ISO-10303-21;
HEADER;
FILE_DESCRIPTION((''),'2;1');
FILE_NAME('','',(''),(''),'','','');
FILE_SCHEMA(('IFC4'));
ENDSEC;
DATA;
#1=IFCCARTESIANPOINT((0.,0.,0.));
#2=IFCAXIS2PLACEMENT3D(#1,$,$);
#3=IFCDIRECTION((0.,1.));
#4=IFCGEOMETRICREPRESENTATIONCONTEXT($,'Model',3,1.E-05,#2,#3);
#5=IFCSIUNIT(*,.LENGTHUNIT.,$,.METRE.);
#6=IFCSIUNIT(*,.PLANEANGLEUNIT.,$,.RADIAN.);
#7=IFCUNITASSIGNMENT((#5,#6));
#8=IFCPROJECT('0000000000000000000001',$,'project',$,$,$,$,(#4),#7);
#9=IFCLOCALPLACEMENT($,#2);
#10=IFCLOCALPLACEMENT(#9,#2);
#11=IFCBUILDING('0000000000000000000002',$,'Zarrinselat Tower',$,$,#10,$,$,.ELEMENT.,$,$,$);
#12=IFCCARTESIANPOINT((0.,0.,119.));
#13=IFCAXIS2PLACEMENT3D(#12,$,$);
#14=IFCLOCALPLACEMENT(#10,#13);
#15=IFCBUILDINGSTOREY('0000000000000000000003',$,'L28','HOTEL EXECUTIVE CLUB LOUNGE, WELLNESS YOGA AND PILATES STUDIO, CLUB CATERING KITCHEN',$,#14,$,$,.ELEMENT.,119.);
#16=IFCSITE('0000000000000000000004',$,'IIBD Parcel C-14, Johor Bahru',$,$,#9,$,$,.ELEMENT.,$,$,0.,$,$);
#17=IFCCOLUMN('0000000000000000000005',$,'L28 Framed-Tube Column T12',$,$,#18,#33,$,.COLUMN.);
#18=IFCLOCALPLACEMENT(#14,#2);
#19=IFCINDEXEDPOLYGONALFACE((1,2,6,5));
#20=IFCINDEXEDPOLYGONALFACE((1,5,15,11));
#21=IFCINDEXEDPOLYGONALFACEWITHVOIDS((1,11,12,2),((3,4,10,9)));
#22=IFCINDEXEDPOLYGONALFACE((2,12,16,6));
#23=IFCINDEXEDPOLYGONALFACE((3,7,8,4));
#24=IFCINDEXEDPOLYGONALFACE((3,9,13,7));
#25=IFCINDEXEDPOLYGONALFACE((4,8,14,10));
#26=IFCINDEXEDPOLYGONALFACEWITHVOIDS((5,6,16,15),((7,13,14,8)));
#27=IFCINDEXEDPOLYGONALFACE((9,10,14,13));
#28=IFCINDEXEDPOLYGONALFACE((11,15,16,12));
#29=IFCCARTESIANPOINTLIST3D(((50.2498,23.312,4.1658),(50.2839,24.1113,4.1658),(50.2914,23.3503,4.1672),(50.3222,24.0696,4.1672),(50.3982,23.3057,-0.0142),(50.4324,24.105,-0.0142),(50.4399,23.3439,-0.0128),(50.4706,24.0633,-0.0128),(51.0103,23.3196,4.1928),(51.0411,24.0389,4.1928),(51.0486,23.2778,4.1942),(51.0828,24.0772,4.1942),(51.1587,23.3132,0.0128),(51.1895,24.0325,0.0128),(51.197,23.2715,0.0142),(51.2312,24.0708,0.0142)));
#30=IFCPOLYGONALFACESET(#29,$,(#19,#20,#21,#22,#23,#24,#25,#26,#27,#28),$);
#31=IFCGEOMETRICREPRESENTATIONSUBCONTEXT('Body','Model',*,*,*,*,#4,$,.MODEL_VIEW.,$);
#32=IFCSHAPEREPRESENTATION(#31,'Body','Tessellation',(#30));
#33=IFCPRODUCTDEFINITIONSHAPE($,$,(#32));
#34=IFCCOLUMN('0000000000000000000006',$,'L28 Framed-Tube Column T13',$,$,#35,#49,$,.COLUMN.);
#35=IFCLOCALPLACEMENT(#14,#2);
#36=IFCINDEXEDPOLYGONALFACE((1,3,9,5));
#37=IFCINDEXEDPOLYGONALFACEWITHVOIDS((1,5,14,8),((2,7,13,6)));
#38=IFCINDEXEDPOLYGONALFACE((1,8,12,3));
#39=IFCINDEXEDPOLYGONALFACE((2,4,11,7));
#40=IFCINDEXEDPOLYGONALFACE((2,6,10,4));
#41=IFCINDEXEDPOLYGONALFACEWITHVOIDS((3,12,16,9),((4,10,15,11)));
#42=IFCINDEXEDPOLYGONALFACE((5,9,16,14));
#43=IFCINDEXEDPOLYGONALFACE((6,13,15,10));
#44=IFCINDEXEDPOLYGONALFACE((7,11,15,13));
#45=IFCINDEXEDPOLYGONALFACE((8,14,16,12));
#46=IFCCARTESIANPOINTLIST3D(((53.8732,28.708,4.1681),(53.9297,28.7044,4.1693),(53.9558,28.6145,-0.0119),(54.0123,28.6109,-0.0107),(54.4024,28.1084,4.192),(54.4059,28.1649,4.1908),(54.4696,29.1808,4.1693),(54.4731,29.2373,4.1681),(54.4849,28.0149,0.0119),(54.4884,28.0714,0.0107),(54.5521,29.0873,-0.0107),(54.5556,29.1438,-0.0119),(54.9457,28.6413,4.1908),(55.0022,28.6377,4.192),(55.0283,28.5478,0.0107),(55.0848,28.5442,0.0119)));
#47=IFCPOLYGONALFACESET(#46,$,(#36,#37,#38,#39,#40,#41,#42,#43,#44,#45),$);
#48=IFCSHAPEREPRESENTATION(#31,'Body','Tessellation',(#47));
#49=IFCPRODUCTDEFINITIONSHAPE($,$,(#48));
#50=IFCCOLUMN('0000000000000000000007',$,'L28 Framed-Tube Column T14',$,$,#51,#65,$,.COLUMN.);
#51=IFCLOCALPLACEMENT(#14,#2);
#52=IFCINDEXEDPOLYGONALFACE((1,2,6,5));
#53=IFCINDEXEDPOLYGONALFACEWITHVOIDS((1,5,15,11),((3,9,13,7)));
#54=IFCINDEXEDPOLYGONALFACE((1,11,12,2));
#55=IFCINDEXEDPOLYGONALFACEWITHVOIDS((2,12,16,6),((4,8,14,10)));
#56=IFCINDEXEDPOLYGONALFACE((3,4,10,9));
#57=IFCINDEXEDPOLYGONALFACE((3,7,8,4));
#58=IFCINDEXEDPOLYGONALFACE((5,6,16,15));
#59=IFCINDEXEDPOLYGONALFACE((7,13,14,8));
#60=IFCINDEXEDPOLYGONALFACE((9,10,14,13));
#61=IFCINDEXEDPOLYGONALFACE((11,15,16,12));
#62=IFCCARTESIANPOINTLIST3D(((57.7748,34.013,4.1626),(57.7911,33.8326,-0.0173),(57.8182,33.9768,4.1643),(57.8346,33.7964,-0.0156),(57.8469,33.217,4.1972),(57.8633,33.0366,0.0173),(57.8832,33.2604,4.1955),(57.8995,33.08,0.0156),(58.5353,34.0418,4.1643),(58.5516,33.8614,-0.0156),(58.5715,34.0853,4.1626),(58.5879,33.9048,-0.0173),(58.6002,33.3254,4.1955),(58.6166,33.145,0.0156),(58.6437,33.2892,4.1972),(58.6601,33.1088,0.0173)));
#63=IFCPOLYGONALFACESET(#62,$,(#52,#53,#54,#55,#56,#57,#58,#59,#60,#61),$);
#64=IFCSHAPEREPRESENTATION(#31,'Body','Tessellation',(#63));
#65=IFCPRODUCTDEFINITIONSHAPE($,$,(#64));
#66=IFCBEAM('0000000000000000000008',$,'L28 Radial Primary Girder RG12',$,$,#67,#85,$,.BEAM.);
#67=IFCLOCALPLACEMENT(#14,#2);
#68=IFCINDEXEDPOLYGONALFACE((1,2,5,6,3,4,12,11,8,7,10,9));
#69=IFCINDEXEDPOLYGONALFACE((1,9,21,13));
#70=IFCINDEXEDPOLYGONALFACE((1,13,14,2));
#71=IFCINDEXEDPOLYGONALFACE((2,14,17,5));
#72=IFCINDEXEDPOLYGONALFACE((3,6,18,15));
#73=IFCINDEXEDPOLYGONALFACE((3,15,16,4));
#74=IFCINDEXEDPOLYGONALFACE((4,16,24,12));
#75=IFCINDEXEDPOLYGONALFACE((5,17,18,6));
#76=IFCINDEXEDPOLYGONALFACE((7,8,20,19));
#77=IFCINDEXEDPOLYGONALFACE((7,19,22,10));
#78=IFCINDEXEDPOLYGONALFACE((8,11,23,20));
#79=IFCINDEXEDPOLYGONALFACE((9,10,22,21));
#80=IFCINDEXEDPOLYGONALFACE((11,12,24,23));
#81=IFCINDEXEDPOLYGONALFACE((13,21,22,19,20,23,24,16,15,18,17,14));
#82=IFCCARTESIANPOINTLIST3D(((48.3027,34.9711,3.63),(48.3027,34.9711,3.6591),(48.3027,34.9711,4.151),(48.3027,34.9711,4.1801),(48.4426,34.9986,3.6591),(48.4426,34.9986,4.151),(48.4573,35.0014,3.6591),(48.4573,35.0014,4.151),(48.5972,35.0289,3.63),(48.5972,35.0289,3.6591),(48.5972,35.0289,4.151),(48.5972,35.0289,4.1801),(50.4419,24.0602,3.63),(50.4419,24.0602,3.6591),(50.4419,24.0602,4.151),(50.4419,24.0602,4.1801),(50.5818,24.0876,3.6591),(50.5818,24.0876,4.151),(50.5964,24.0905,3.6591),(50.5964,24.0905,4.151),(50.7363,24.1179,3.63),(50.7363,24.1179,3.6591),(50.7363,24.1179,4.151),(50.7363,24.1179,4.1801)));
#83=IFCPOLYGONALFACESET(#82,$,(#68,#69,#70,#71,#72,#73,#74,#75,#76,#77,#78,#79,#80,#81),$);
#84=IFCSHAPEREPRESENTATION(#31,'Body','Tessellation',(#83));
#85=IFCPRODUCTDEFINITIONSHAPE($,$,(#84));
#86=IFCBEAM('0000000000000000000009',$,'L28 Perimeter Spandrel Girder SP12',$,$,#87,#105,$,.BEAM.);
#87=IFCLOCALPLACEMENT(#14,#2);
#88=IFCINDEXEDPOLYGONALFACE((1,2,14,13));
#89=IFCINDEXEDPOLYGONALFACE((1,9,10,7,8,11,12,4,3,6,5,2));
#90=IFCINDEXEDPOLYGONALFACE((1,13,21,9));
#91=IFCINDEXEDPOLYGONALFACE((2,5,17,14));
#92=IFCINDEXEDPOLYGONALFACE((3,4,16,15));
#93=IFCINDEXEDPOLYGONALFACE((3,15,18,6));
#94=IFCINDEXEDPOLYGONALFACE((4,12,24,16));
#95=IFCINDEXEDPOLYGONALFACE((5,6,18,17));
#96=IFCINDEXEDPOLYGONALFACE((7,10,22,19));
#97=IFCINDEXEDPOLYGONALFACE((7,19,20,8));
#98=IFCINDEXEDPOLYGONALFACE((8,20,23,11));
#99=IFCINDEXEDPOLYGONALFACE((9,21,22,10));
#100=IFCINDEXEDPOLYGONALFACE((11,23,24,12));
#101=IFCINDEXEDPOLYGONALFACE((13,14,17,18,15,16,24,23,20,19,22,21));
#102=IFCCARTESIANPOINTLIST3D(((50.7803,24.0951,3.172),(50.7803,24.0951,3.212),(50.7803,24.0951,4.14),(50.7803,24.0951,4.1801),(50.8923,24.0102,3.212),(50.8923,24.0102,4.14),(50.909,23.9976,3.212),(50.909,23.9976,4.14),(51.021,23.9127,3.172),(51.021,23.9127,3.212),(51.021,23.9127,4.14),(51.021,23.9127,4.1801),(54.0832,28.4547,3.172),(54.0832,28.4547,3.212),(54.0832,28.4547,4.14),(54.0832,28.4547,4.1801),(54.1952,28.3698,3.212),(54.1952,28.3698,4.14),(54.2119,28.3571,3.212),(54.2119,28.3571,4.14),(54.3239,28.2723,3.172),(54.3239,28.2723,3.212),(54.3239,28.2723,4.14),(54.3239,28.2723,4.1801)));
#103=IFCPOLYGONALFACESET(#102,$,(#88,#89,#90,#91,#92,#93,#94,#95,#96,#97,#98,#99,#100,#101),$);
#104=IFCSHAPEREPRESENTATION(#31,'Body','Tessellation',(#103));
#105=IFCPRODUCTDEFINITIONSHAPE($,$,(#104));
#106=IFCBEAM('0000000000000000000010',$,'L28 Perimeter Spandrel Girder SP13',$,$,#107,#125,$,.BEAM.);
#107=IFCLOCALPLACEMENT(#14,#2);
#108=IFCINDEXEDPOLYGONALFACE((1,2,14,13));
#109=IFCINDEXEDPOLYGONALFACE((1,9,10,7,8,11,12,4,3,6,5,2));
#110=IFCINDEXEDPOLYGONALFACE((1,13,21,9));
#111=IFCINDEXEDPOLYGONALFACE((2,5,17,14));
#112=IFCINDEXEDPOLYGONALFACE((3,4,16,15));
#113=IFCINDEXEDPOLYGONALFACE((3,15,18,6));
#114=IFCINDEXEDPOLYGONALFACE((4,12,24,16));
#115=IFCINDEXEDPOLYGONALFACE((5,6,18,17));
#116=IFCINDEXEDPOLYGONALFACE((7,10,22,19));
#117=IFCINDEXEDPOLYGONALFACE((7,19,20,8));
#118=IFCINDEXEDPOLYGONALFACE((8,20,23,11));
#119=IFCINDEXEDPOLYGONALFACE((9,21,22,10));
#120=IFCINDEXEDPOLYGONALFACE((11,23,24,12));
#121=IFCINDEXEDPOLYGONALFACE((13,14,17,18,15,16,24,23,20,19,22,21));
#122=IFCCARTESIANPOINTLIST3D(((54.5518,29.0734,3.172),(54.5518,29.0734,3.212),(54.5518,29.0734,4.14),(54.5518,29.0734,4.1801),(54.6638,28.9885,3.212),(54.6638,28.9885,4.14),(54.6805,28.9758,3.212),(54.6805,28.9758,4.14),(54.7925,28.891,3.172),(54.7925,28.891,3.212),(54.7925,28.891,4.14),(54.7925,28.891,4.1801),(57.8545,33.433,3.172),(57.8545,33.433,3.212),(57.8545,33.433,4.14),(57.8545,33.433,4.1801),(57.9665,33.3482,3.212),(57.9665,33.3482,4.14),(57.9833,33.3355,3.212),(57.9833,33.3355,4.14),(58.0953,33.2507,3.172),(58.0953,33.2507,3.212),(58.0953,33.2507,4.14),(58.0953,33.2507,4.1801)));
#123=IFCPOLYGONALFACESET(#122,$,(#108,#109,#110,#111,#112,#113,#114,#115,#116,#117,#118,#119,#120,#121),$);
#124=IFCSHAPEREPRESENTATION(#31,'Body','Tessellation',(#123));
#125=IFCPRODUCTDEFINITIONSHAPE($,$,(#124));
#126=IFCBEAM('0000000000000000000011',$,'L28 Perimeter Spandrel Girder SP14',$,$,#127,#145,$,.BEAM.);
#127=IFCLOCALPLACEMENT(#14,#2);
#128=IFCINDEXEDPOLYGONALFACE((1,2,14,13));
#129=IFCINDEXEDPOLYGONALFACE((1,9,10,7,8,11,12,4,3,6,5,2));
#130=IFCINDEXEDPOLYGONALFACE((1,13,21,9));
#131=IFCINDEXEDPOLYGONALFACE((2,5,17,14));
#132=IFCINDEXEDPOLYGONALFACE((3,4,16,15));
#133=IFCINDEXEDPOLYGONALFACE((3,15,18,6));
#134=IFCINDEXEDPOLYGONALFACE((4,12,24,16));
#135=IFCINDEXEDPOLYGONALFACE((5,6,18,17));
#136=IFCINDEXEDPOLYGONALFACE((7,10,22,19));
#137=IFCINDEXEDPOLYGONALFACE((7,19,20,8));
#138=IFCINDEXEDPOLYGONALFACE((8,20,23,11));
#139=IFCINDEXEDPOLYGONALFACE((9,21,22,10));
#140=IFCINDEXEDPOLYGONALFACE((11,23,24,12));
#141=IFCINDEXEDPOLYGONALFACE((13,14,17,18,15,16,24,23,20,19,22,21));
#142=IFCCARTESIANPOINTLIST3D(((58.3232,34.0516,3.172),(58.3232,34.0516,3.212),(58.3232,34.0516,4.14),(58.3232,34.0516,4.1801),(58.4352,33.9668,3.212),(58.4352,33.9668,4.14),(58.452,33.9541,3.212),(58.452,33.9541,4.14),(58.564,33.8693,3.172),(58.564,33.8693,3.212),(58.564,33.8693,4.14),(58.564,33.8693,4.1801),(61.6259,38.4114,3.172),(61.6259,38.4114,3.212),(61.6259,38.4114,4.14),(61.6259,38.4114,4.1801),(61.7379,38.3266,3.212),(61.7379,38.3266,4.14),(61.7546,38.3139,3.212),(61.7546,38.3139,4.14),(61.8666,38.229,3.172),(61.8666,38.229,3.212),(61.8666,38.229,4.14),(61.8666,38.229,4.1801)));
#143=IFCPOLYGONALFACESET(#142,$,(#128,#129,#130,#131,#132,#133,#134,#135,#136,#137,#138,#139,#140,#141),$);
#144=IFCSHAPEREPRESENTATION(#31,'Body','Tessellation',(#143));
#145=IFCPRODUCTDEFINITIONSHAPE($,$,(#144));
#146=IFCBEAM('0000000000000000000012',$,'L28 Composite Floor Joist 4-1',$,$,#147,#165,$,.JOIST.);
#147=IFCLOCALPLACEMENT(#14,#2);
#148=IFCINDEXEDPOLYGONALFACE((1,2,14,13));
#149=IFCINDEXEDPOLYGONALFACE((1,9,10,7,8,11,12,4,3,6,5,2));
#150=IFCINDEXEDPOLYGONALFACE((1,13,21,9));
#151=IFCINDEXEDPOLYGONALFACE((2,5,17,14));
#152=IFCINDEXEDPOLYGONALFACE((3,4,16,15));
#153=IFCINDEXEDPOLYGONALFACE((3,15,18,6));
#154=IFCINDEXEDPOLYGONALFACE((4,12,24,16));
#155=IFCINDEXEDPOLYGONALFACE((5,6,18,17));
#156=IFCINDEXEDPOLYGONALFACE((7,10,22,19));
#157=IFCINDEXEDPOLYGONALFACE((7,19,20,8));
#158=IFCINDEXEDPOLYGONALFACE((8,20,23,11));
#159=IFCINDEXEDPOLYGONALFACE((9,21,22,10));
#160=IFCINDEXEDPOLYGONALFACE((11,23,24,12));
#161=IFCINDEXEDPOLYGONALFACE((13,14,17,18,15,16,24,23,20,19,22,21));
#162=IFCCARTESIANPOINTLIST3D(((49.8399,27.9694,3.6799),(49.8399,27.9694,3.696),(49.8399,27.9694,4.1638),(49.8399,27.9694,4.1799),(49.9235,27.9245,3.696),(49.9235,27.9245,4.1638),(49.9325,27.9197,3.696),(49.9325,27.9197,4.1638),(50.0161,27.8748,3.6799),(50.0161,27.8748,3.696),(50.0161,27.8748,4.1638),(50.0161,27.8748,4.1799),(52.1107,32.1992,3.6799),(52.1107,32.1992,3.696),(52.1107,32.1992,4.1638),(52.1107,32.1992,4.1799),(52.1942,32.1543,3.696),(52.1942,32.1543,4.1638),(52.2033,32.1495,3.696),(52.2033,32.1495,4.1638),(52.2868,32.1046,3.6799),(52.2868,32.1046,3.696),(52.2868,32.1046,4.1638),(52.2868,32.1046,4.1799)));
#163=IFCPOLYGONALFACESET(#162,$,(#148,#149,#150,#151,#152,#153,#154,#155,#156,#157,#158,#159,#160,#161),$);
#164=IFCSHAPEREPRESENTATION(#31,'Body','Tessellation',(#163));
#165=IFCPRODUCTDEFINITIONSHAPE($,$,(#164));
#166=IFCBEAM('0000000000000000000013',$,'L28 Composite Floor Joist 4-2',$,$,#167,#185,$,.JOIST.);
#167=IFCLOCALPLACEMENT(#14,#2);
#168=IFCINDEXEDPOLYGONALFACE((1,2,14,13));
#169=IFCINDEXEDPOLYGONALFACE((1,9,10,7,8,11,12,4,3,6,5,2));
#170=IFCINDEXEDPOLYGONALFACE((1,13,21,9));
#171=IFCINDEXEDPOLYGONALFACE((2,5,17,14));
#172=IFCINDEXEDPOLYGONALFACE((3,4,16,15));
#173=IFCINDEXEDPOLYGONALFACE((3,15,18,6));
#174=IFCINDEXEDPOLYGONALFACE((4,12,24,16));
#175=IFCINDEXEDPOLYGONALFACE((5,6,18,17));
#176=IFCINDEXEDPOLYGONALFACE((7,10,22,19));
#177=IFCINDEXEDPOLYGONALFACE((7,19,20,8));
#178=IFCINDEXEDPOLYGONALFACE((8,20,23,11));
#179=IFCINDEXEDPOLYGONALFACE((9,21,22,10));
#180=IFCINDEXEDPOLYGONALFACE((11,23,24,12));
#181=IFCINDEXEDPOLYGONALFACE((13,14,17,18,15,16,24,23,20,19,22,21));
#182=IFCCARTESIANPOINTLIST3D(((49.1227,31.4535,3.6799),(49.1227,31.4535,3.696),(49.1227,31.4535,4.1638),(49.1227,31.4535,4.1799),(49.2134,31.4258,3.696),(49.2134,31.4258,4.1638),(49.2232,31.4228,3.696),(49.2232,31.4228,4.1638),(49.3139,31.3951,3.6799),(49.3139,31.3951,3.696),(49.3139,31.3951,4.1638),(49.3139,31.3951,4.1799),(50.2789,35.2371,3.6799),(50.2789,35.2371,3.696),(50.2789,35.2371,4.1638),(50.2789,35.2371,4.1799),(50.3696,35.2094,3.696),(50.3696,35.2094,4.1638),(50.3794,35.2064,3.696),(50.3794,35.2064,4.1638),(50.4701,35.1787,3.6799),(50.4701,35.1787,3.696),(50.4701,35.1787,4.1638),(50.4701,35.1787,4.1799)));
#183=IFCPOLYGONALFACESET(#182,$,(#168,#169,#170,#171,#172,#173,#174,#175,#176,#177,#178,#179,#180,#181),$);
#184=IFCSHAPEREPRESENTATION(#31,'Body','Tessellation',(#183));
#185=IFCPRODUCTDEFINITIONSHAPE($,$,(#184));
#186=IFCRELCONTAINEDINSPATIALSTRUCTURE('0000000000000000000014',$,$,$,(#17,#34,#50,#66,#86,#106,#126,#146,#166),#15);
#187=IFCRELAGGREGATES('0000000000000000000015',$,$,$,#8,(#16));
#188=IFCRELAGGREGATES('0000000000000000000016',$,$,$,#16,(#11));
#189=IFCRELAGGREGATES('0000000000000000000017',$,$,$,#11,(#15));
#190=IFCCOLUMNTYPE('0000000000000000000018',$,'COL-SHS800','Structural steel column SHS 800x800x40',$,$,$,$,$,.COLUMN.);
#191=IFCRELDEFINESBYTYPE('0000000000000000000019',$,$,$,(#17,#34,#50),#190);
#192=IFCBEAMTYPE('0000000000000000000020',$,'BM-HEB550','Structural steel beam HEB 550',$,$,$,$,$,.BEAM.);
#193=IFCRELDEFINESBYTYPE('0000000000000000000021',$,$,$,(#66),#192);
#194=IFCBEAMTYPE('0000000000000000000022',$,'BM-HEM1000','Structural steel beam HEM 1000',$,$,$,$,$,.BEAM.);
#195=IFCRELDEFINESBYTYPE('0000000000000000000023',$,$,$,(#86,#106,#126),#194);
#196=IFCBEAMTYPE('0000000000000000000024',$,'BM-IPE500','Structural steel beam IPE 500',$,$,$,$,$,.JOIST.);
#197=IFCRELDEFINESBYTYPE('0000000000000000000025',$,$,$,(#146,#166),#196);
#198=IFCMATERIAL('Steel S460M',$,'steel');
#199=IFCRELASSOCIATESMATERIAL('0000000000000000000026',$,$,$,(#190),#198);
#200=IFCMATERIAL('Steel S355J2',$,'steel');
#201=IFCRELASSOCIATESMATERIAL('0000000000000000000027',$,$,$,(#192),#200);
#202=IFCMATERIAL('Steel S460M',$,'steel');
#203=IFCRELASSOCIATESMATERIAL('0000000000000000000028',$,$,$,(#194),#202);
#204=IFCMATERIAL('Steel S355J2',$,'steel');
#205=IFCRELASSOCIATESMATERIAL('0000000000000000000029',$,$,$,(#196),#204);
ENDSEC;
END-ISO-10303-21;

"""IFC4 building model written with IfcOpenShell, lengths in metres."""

from ifc_helpers import new_model, si_unit, direction, frame, origin, origin_2d, place, context, subcontext, project, spatial, hollow_rectangle, i_section, extrude, material, material_profile, profile_set, type_object, element, save


model = new_model("IFC4")

# Units and contexts
model_context = context("Model", 3, precision=1e-05, world=origin(), true_north=direction((0.0, 1.0)))
body_context = subcontext(model_context, "Body", "Model", "MODEL_VIEW")
ifc_project = project(units=[si_unit("LENGTHUNIT", "METRE"), si_unit("PLANEANGLEUNIT", "RADIAN")], contexts=[model_context])

# Site, building, storey
site_placement = place(None, origin())
site = spatial("IfcSite", under=ifc_project, at=site_placement, Name="IIBD Parcel C-14, Johor Bahru", CompositionType="ELEMENT", RefElevation=0.0)
building_placement = place(site_placement, origin())
building = spatial("IfcBuilding", under=site, at=building_placement, Name="Zarrinselat Tower", CompositionType="ELEMENT")
storey_placement = place(building_placement, frame((0.0, 0.0, 119.0)))
storey = spatial("IfcBuildingStorey", under=building, at=storey_placement, Name="L28", Description="HOTEL EXECUTIVE CLUB LOUNGE, WELLNESS YOGA AND PILATES STUDIO, CLUB CATERING KITCHEN", CompositionType="ELEMENT", Elevation=119.0)

# Columns
ifc_material_1 = material(Name="Steel S460M", Category="steel")
ifc_material_profile_1 = material_profile(ifc_material_1, hollow_rectangle(XDim=0.8, YDim=0.8, WallThickness=0.04, at=origin_2d()), Name="SHS 800x800x40")
ifc_profile_set_1 = profile_set([ifc_material_profile_1], Name="Steel S460M")
column_type = type_object("IfcColumnType", Name="COL-SHS800", Description="Structural steel column SHS 800x800x40", PredefinedType="COLUMN", material=ifc_profile_set_1)
column_1_placement = place(storey_placement, frame((50.8147, 23.6882, 0.0), z_axis=(-0.03549, 0.001518, 0.999369), x_axis=(-0.042724, -0.999087, 0.0)))
element("IfcColumn", 1, at=column_1_placement, inside=storey, type_object=column_type, Name="L28 Framed-Tube Column T12", PredefinedType="COLUMN", context=body_context, shape_type="SweptSolid", body=[
    extrude(hollow_rectangle(XDim=0.8, YDim=0.8, WallThickness=0.04, at=origin_2d()), origin(), (0.0, 0.0, 1.0), 4.1826),
])
column_2_placement = place(storey_placement, frame((54.5203, 28.5793, 0.0), z_axis=(-0.019733, 0.02236, 0.999555), x_axis=(-0.749781, -0.661686, 0.0)))
element("IfcColumn", 2, at=column_2_placement, inside=storey, type_object=column_type, Name="L28 Framed-Tube Column T13", PredefinedType="COLUMN", context=body_context, shape_type="SweptSolid", body=[
    extrude(hollow_rectangle(XDim=0.8, YDim=0.8, WallThickness=0.04, at=origin_2d()), origin(), (0.0, 0.0, 1.0), 4.1819),
])
column_3_placement = place(storey_placement, frame((58.2256, 33.4707, 0.0), z_axis=(-0.00391, 0.043123, 0.999062), x_axis=(-0.995915, -0.090293, 0.0)))
element("IfcColumn", 3, at=column_3_placement, inside=storey, type_object=column_type, Name="L28 Framed-Tube Column T14", PredefinedType="COLUMN", context=body_context, shape_type="SweptSolid", body=[
    extrude(hollow_rectangle(XDim=0.8, YDim=0.8, WallThickness=0.04, at=origin_2d()), origin(), (0.0, 0.0, 1.0), 4.1838),
])

# Beams
ifc_material_2 = material(Name="Steel S355J2", Category="steel")
ifc_material_profile_2 = material_profile(ifc_material_2, i_section(OverallWidth=0.3, OverallDepth=0.55, WebThickness=0.0149, FlangeThickness=0.0291, at=origin_2d()), Name="HEB 550")
ifc_profile_set_2 = profile_set([ifc_material_profile_2], Name="Steel S355J2")
beam_type_1 = type_object("IfcBeamType", Name="BM-HEB550", Description="Structural steel beam HEB 550", PredefinedType="BEAM", material=ifc_profile_set_2)
beam_1_placement = place(storey_placement, frame((48.45, 35.0, 3.905), z_axis=(0.192395, -0.981318, 0.0), x_axis=(0.981318, 0.192395, 0.0)))
element("IfcBeam", 4, at=beam_1_placement, inside=storey, type_object=beam_type_1, Name="L28 Radial Primary Girder RG12", PredefinedType="BEAM", context=body_context, shape_type="SweptSolid", body=[
    extrude(i_section(OverallWidth=0.3, OverallDepth=0.55, WebThickness=0.0149, FlangeThickness=0.0291, at=origin_2d()), origin(), (0.0, 0.0, 1.0), 11.1187),
])
ifc_material_3 = material(Name="Steel S460M", Category="steel")
ifc_material_profile_3 = material_profile(ifc_material_3, i_section(OverallWidth=0.302, OverallDepth=1.0081, WebThickness=0.021, FlangeThickness=0.04, at=origin_2d()), Name="HEM 1000")
ifc_profile_set_3 = profile_set([ifc_material_profile_3], Name="Steel S460M")
beam_type_2 = type_object("IfcBeamType", Name="BM-HEM1000", Description="Structural steel beam HEM 1000", PredefinedType="BEAM", material=ifc_profile_set_3)
for number, where, z_axis, x_axis, name in (
    (5, (50.9006, 24.0039, 3.676), (0.603885, 0.797071, 0.0), (-0.797071, 0.603885, 0.0), "L28 Perimeter Spandrel Girder SP12"),
    (6, (54.6721, 28.9822, 3.676), (0.603857, 0.797093, 0.0), (-0.797093, 0.603857, 0.0), "L28 Perimeter Spandrel Girder SP13"),
    (7, (58.4436, 33.9604, 3.676), (0.603835, 0.797109, 0.0), (-0.797109, 0.603835, 0.0), "L28 Perimeter Spandrel Girder SP14"),
):
    element("IfcBeam", number, at=place(storey_placement, frame(where, z_axis=z_axis, x_axis=x_axis)), inside=storey, type_object=beam_type_2, Name=name, PredefinedType="BEAM", context=body_context, shape_type="SweptSolid", body=[
        extrude(i_section(OverallWidth=0.302, OverallDepth=1.0081, WebThickness=0.021, FlangeThickness=0.04, at=origin_2d()), origin(), (0.0, 0.0, 1.0), 5.4695),
    ])
ifc_material_4 = material(Name="Steel S355J2", Category="steel")
ifc_material_profile_4 = material_profile(ifc_material_4, i_section(OverallWidth=0.2, OverallDepth=0.5, WebThickness=0.0103, FlangeThickness=0.0161, at=origin_2d()), Name="IPE 500")
ifc_profile_set_4 = profile_set([ifc_material_profile_4], Name="Steel S355J2")
beam_type_3 = type_object("IfcBeamType", Name="BM-IPE500", Description="Structural steel beam IPE 500", PredefinedType="JOIST", material=ifc_profile_set_4)
beam_2_placement = place(storey_placement, frame((49.928, 27.9221, 3.9299), z_axis=(0.473002, 0.881062, 0.0), x_axis=(-0.881062, 0.473002, 0.0)))
element("IfcBeam", 8, at=beam_2_placement, inside=storey, type_object=beam_type_3, Name="L28 Composite Floor Joist 4-1", PredefinedType="JOIST", context=body_context, shape_type="SweptSolid", body=[
    extrude(i_section(OverallWidth=0.2, OverallDepth=0.5, WebThickness=0.0103, FlangeThickness=0.0161, at=origin_2d()), origin(), (0.0, 0.0, 1.0), 4.8008),
])
beam_3_placement = place(storey_placement, frame((49.2183, 31.4243, 3.9299), z_axis=(0.292247, 0.956343, 0.0), x_axis=(-0.956343, 0.292247, 0.0)))
element("IfcBeam", 9, at=beam_3_placement, inside=storey, type_object=beam_type_3, Name="L28 Composite Floor Joist 4-2", PredefinedType="JOIST", context=body_context, shape_type="SweptSolid", body=[
    extrude(i_section(OverallWidth=0.2, OverallDepth=0.5, WebThickness=0.0103, FlangeThickness=0.0161, at=origin_2d()), origin(), (0.0, 0.0, 1.0), 3.9563),
])

save(model, "model.ifc")
